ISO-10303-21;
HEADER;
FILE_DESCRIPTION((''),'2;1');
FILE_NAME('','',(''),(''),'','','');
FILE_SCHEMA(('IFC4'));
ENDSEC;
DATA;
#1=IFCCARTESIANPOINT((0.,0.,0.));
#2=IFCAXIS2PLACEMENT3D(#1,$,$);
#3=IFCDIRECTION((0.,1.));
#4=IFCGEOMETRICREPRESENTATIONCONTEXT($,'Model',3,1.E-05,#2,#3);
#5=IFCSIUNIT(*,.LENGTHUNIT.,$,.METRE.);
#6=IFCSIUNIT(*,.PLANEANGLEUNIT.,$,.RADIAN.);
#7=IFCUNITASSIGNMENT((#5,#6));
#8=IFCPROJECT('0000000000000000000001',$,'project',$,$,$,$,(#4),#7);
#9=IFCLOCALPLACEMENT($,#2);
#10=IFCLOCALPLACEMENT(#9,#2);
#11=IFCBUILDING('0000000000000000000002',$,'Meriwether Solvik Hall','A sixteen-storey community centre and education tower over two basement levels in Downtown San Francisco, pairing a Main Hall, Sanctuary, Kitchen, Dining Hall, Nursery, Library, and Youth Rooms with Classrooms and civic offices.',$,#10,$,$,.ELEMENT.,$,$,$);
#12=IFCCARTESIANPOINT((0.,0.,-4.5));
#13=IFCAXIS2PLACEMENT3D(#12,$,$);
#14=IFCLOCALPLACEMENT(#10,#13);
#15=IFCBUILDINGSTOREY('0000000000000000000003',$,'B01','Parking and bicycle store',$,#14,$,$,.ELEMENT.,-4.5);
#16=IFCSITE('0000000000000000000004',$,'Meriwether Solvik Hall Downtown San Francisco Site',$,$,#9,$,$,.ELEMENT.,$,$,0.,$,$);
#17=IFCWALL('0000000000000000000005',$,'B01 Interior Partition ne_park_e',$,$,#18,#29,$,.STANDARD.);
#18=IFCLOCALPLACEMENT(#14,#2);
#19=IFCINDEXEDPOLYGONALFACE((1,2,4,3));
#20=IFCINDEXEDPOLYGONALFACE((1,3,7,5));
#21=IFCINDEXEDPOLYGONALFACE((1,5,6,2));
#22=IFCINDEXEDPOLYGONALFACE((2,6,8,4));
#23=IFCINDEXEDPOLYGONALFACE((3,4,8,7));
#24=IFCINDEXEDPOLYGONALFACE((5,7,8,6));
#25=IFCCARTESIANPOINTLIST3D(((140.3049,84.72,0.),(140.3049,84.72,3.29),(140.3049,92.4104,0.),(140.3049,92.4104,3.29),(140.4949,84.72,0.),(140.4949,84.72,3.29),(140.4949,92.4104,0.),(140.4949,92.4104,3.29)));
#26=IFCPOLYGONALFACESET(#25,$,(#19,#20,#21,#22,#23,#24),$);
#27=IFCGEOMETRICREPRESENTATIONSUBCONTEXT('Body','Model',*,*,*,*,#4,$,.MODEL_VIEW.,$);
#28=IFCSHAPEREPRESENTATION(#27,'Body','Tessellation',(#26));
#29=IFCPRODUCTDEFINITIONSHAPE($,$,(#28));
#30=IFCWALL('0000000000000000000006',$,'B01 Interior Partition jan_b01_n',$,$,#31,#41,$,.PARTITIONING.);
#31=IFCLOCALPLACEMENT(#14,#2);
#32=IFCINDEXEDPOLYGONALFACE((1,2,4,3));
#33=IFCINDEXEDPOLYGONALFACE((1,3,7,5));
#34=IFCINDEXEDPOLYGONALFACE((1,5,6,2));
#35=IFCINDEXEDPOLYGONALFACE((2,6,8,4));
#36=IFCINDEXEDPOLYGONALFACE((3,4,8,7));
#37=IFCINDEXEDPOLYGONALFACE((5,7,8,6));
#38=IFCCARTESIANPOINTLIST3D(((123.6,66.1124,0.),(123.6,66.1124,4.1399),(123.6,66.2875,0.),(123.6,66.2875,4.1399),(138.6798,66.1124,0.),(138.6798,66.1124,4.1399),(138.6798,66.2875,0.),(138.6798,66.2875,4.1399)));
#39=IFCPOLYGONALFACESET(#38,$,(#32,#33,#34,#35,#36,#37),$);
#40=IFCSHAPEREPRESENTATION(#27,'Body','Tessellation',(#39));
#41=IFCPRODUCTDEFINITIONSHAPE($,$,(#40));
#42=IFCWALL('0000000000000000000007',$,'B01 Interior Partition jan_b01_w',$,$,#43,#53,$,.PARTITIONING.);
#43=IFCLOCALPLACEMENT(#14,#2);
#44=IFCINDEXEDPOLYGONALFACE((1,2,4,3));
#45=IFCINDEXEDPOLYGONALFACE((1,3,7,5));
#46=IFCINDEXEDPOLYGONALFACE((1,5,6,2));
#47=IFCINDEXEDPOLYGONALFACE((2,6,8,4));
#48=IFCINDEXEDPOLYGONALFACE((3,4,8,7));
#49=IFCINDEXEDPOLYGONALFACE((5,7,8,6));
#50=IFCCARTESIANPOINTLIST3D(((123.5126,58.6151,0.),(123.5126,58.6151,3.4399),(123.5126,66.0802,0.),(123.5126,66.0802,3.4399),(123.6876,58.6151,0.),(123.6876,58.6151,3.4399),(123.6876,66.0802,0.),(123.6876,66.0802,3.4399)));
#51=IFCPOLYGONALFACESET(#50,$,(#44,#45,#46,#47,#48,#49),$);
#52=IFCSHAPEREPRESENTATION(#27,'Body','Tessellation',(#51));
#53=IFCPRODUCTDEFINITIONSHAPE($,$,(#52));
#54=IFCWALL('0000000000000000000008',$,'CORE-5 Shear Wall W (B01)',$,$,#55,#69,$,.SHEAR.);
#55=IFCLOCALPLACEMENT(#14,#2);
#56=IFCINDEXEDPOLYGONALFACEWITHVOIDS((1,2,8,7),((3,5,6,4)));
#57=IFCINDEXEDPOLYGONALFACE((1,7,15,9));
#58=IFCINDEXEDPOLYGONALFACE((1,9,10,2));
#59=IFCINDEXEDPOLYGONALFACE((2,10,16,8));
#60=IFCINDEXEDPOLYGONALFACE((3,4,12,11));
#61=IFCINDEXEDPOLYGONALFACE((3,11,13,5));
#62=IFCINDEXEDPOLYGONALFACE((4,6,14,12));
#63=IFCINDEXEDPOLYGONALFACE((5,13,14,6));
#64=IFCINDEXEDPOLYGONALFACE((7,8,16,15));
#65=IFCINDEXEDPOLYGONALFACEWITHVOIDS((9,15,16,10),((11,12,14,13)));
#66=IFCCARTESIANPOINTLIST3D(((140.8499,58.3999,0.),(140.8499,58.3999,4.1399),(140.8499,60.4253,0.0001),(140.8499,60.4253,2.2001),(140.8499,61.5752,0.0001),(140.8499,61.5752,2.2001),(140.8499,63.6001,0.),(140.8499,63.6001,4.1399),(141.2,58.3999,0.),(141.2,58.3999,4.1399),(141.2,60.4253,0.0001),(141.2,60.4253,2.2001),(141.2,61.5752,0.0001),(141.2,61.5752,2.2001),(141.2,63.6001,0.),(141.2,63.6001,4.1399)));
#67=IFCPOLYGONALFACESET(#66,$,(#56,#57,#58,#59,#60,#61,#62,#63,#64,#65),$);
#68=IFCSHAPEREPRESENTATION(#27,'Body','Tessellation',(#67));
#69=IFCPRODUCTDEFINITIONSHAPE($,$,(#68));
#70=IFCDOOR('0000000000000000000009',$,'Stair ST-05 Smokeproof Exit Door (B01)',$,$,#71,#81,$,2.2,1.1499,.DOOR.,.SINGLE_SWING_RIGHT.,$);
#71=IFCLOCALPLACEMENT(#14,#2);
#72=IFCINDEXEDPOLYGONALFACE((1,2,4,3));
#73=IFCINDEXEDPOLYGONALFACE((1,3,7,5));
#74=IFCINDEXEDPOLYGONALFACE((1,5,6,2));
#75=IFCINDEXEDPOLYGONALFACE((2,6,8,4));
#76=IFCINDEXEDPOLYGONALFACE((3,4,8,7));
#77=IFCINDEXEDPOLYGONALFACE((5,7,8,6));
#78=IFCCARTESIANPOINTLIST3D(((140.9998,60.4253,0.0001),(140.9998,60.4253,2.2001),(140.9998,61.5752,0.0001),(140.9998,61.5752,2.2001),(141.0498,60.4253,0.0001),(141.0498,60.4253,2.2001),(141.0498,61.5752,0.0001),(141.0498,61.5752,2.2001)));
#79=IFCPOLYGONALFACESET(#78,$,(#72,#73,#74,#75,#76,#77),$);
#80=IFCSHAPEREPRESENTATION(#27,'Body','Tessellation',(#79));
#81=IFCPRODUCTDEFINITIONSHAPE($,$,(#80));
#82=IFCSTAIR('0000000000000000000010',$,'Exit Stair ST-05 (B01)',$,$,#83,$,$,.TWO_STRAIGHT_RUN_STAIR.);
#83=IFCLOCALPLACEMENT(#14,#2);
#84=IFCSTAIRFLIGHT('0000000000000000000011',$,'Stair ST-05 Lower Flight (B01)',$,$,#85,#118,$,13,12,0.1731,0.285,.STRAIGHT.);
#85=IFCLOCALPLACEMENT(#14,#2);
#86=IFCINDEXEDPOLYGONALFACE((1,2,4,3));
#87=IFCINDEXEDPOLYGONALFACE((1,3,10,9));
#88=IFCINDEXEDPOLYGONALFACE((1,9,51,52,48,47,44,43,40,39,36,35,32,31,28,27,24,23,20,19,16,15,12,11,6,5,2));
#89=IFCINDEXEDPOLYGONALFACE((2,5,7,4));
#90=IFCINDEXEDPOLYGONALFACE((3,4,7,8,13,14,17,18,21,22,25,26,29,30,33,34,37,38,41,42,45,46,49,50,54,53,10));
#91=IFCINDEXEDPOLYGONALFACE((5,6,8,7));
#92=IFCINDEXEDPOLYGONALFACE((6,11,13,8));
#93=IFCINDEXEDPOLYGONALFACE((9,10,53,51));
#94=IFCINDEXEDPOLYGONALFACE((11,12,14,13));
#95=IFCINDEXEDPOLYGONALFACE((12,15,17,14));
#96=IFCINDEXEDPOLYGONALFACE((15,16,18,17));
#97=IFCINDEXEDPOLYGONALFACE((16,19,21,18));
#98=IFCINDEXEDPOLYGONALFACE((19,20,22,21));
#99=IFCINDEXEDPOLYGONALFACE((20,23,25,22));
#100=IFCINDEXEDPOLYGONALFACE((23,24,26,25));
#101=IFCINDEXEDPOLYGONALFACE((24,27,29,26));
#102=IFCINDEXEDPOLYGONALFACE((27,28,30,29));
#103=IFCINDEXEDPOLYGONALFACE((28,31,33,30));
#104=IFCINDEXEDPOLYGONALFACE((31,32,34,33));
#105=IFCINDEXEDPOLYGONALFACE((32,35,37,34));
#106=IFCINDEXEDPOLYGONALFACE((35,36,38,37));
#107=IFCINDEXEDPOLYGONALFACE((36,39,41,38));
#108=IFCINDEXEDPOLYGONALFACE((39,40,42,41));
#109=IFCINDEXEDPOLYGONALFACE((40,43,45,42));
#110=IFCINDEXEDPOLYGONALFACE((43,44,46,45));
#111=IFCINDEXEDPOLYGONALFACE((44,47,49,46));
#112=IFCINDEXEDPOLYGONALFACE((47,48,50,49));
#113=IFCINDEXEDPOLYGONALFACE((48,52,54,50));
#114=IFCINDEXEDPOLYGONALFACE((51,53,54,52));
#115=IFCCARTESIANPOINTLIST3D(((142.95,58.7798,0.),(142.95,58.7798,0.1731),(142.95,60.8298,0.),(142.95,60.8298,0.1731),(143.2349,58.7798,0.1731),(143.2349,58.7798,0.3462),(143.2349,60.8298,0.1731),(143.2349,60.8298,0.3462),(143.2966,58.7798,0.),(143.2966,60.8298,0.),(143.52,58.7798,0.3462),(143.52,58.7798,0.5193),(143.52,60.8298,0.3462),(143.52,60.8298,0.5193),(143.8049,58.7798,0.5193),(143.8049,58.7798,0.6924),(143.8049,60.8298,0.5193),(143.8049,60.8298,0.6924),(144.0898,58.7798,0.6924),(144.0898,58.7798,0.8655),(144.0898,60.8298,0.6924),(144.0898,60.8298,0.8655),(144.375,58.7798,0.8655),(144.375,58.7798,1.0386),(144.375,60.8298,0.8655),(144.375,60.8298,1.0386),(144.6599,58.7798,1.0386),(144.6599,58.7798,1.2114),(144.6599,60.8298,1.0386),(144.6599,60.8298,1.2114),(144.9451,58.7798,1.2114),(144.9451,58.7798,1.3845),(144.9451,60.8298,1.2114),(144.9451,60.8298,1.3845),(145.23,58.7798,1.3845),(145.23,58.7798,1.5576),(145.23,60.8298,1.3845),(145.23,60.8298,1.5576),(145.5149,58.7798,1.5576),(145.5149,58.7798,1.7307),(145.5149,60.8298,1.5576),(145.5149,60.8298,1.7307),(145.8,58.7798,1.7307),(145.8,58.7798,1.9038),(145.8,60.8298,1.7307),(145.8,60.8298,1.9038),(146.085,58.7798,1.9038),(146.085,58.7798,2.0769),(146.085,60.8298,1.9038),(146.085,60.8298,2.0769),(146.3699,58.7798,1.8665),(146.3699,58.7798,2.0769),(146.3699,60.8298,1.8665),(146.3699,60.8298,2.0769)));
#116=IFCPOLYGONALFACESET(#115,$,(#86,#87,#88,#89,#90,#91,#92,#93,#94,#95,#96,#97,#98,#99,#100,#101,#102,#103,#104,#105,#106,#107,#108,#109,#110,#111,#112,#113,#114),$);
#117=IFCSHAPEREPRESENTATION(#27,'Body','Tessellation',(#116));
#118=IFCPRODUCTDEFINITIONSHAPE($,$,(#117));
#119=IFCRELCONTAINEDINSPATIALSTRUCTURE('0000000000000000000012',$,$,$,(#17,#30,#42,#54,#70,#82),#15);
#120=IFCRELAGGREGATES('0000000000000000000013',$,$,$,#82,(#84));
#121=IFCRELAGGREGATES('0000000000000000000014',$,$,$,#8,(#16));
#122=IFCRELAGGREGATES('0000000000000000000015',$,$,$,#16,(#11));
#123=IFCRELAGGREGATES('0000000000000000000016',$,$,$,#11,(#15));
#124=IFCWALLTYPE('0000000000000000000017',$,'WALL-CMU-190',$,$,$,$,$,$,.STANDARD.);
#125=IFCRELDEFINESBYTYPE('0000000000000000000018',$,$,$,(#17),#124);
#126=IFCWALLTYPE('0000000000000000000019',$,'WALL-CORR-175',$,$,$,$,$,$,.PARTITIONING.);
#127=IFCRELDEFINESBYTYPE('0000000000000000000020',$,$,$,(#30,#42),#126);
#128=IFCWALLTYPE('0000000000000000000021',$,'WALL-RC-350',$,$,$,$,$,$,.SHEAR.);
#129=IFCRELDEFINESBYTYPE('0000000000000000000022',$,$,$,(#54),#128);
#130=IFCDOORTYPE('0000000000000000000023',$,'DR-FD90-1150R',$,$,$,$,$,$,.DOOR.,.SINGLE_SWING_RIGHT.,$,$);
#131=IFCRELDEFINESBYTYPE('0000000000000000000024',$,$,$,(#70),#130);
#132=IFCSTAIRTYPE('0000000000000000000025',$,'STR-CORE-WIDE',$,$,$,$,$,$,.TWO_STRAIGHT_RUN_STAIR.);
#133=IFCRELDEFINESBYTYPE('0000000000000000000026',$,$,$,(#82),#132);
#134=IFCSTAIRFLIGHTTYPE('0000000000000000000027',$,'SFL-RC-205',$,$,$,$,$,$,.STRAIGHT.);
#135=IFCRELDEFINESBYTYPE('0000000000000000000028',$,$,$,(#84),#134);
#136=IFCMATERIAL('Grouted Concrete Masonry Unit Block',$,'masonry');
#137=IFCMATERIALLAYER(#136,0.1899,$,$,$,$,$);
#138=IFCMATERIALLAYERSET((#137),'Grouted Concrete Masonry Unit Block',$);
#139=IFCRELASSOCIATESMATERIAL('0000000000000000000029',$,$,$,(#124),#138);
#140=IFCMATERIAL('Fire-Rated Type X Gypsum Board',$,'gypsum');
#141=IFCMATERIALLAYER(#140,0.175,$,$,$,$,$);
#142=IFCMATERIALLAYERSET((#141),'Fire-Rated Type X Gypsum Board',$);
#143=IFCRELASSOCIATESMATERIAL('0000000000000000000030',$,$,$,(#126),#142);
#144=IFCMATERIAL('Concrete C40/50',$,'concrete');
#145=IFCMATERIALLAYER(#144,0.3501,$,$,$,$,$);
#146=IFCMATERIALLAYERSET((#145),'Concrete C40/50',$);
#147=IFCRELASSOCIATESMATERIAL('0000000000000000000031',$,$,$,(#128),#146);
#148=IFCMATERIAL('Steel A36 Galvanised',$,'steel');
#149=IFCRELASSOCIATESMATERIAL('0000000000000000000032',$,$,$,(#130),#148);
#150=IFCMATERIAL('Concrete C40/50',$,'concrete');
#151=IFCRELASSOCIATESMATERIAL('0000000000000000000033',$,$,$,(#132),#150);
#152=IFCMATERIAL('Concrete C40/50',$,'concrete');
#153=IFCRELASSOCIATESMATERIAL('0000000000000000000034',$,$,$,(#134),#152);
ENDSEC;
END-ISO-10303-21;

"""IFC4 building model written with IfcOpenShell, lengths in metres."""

from ifc_helpers import new_model, si_unit, direction, frame, frame_2d, origin, place, context, subcontext, project, spatial, polyline, rectangle, outline, extrude, material, layer, layer_set, type_object, element, fill, aggregate, save


model = new_model("IFC4")

# Units and contexts
model_context = context("Model", 3, precision=1e-05, world=origin(), true_north=direction((0.0, 1.0)))
body_context = subcontext(model_context, "Body", "Model", "MODEL_VIEW")
ifc_project = project(units=[si_unit("LENGTHUNIT", "METRE"), si_unit("PLANEANGLEUNIT", "RADIAN")], contexts=[model_context])

# Site, building, storey
site_placement = place(None, origin())
site = spatial("IfcSite", under=ifc_project, at=site_placement, Name="Meriwether Solvik Hall Downtown San Francisco Site", CompositionType="ELEMENT", RefElevation=0.0)
building_placement = place(site_placement, origin())
building = spatial("IfcBuilding", under=site, at=building_placement, Name="Meriwether Solvik Hall", Description="A sixteen-storey community centre and education tower over two basement levels in Downtown San Francisco, pairing a Main Hall, Sanctuary, Kitchen, Dining Hall, Nursery, Library, and Youth Rooms with Classrooms and civic offices.", CompositionType="ELEMENT")
storey_placement = place(building_placement, frame((0.0, 0.0, -4.5)))
storey = spatial("IfcBuildingStorey", under=building, at=storey_placement, Name="B01", Description="Parking and bicycle store", CompositionType="ELEMENT", Elevation=-4.5)

# Walls
ifc_material_1 = material(Name="Grouted Concrete Masonry Unit Block", Category="masonry")
ifc_layer_1 = layer(ifc_material_1, 0.1899)
ifc_layer_set_1 = layer_set([ifc_layer_1], Name="Grouted Concrete Masonry Unit Block")
wall_type_1 = type_object("IfcWallType", Name="WALL-CMU-190", PredefinedType="STANDARD", material=ifc_layer_set_1)
wall_1_placement = place(storey_placement, frame((140.3999, 84.72, 0.0), z_axis=(0.0, 0.0, 1.0), x_axis=(0.0, 1.0, 0.0)))
element("IfcWall", 1, at=wall_1_placement, inside=storey, type_object=wall_type_1, Name="B01 Interior Partition ne_park_e", PredefinedType="STANDARD", context=body_context, shape_type="SweptSolid", body=[
    extrude(rectangle(XDim=7.6904, YDim=0.1899, at=frame_2d((3.8452, 0.0))), origin(), (0.0, 0.0, 1.0), 3.29),
])
ifc_material_2 = material(Name="Fire-Rated Type X Gypsum Board", Category="gypsum")
ifc_layer_2 = layer(ifc_material_2, 0.175)
ifc_layer_set_2 = layer_set([ifc_layer_2], Name="Fire-Rated Type X Gypsum Board")
wall_type_2 = type_object("IfcWallType", Name="WALL-CORR-175", PredefinedType="PARTITIONING", material=ifc_layer_set_2)
wall_2_placement = place(storey_placement, frame((138.6799, 66.2, 0.0), z_axis=(0.0, 0.0, 1.0), x_axis=(-1.0, 0.0, 0.0)))
element("IfcWall", 2, at=wall_2_placement, inside=storey, type_object=wall_type_2, Name="B01 Interior Partition jan_b01_n", PredefinedType="PARTITIONING", context=body_context, shape_type="SweptSolid", body=[
    extrude(rectangle(XDim=15.0798, YDim=0.175, at=frame_2d((7.54, 0.0))), origin(), (0.0, 0.0, 1.0), 4.1399),
])
wall_3_placement = place(storey_placement, frame((123.6001, 66.0801, 0.0), z_axis=(0.0, 0.0, 1.0), x_axis=(0.0, -1.0, 0.0)))
element("IfcWall", 3, at=wall_3_placement, inside=storey, type_object=wall_type_2, Name="B01 Interior Partition jan_b01_w", PredefinedType="PARTITIONING", context=body_context, shape_type="SweptSolid", body=[
    extrude(rectangle(XDim=7.4651, YDim=0.175, at=frame_2d((3.7324, 0.0))), origin(), (0.0, 0.0, 1.0), 3.4399),
])

# Wall, opening, door
ifc_material_3 = material(Name="Concrete C40/50", Category="concrete")
ifc_layer_3 = layer(ifc_material_3, 0.3501)
ifc_layer_set_3 = layer_set([ifc_layer_3], Name="Concrete C40/50")
wall_type_3 = type_object("IfcWallType", Name="WALL-RC-350", PredefinedType="SHEAR", material=ifc_layer_set_3)
wall_4_placement = place(storey_placement, frame((141.0249, 63.6001, 0.0), z_axis=(0.0, 0.0, 1.0), x_axis=(0.0, -1.0, 0.0)))
wall_4 = element("IfcWall", 4, at=wall_4_placement, inside=storey, type_object=wall_type_3, Name="CORE-5 Shear Wall W (B01)", PredefinedType="SHEAR", context=body_context, shape_type="SweptSolid", body=[
    extrude(rectangle(XDim=5.2002, YDim=0.3501, at=frame_2d((2.6001, 0.0))), origin(), (0.0, 0.0, 1.0), 4.1399),
])
opening_placement = place(wall_4_placement, frame((2.0249, 0.0, 0.0)))
opening = element("IfcOpeningElement", 5, at=opening_placement, cuts=wall_4, PredefinedType="OPENING", context=body_context, shape_type="SweptSolid", body=[
    extrude(rectangle(XDim=1.1499, YDim=2.2, at=frame_2d((0.575, 1.1001))), frame((0.0, 0.187, 0.0), z_axis=(0.0, -1.0, 0.0), x_axis=(1.0, 0.0, 0.0)), (0.0, 0.0, 1.0), 0.374),
])
ifc_material_4 = material(Name="Steel A36 Galvanised", Category="steel")
door_type = type_object("IfcDoorType", Name="DR-FD90-1150R", OperationType="SINGLE_SWING_RIGHT", PredefinedType="DOOR", material=ifc_material_4)
door_placement = place(opening_placement, origin())
door = element("IfcDoor", 6, at=door_placement, inside=storey, type_object=door_type, Name="Stair ST-05 Smokeproof Exit Door (B01)", OperationType="SINGLE_SWING_RIGHT", OverallHeight=2.2, OverallWidth=1.1499, PredefinedType="DOOR", context=body_context, shape_type="SweptSolid", body=[
    extrude(rectangle(XDim=1.1499, YDim=2.2, at=frame_2d((0.575, 1.1001))), frame((0.0, 0.0249, 0.0), z_axis=(0.0, -1.0, 0.0), x_axis=(1.0, 0.0, 0.0)), (0.0, 0.0, 1.0), 0.05),
])
fill(opening, door)

# Stair, stair flight
ifc_material_5 = material(Name="Concrete C40/50", Category="concrete")
stair_type = type_object("IfcStairType", Name="STR-CORE-WIDE", PredefinedType="TWO_STRAIGHT_RUN_STAIR", material=ifc_material_5)
stair_placement = place(storey_placement, origin())
stair = element("IfcStair", 7, at=stair_placement, inside=storey, type_object=stair_type, Name="Exit Stair ST-05 (B01)", PredefinedType="TWO_STRAIGHT_RUN_STAIR")
ifc_material_6 = material(Name="Concrete C40/50", Category="concrete")
stair_flight_type = type_object("IfcStairFlightType", Name="SFL-RC-205", PredefinedType="STRAIGHT", material=ifc_material_6)
stair_flight_placement = place(storey_placement, frame((142.95, 59.8049, 0.0), z_axis=(0.0, 0.0, 1.0), x_axis=(1.0, 0.0, 0.0)))
stair_flight = element("IfcStairFlight", 8, at=stair_flight_placement, type_object=stair_flight_type, Name="Stair ST-05 Lower Flight (B01)", NumberOfRisers=13, NumberOfTreads=12, PredefinedType="STRAIGHT", RiserHeight=0.1731, TreadLength=0.285, context=body_context, shape_type="SweptSolid", body=[
    extrude(outline(polyline([(0.0, 0.0), (0.0, 0.1731), (0.2849, 0.1731), (0.2849, 0.3462), (0.5701, 0.3462), (0.5701, 0.5193), (0.855, 0.5193), (0.855, 0.6924), (1.1399, 0.6924), (1.1399, 0.8655), (1.425, 0.8655), (1.425, 1.0386), (1.71, 1.0386), (1.71, 1.2114), (1.9951, 1.2114), (1.9951, 1.3845), (2.28, 1.3845), (2.28, 1.5576), (2.5649, 1.5576), (2.5649, 1.7307), (2.8501, 1.7307), (2.8501, 1.9038), (3.135, 1.9038), (3.135, 2.0769), (3.4199, 2.0769), (3.4199, 2.25), (3.4199, 1.8665), (0.3467, 0.0), (0.0, 0.0)])), frame((0.0, 1.0249, 0.0), z_axis=(0.0, -1.0, 0.0), x_axis=(1.0, 0.0, 0.0)), (0.0, 0.0, 1.0), 2.05),
])
aggregate(stair, [stair_flight])

save(model, "model.ifc")
